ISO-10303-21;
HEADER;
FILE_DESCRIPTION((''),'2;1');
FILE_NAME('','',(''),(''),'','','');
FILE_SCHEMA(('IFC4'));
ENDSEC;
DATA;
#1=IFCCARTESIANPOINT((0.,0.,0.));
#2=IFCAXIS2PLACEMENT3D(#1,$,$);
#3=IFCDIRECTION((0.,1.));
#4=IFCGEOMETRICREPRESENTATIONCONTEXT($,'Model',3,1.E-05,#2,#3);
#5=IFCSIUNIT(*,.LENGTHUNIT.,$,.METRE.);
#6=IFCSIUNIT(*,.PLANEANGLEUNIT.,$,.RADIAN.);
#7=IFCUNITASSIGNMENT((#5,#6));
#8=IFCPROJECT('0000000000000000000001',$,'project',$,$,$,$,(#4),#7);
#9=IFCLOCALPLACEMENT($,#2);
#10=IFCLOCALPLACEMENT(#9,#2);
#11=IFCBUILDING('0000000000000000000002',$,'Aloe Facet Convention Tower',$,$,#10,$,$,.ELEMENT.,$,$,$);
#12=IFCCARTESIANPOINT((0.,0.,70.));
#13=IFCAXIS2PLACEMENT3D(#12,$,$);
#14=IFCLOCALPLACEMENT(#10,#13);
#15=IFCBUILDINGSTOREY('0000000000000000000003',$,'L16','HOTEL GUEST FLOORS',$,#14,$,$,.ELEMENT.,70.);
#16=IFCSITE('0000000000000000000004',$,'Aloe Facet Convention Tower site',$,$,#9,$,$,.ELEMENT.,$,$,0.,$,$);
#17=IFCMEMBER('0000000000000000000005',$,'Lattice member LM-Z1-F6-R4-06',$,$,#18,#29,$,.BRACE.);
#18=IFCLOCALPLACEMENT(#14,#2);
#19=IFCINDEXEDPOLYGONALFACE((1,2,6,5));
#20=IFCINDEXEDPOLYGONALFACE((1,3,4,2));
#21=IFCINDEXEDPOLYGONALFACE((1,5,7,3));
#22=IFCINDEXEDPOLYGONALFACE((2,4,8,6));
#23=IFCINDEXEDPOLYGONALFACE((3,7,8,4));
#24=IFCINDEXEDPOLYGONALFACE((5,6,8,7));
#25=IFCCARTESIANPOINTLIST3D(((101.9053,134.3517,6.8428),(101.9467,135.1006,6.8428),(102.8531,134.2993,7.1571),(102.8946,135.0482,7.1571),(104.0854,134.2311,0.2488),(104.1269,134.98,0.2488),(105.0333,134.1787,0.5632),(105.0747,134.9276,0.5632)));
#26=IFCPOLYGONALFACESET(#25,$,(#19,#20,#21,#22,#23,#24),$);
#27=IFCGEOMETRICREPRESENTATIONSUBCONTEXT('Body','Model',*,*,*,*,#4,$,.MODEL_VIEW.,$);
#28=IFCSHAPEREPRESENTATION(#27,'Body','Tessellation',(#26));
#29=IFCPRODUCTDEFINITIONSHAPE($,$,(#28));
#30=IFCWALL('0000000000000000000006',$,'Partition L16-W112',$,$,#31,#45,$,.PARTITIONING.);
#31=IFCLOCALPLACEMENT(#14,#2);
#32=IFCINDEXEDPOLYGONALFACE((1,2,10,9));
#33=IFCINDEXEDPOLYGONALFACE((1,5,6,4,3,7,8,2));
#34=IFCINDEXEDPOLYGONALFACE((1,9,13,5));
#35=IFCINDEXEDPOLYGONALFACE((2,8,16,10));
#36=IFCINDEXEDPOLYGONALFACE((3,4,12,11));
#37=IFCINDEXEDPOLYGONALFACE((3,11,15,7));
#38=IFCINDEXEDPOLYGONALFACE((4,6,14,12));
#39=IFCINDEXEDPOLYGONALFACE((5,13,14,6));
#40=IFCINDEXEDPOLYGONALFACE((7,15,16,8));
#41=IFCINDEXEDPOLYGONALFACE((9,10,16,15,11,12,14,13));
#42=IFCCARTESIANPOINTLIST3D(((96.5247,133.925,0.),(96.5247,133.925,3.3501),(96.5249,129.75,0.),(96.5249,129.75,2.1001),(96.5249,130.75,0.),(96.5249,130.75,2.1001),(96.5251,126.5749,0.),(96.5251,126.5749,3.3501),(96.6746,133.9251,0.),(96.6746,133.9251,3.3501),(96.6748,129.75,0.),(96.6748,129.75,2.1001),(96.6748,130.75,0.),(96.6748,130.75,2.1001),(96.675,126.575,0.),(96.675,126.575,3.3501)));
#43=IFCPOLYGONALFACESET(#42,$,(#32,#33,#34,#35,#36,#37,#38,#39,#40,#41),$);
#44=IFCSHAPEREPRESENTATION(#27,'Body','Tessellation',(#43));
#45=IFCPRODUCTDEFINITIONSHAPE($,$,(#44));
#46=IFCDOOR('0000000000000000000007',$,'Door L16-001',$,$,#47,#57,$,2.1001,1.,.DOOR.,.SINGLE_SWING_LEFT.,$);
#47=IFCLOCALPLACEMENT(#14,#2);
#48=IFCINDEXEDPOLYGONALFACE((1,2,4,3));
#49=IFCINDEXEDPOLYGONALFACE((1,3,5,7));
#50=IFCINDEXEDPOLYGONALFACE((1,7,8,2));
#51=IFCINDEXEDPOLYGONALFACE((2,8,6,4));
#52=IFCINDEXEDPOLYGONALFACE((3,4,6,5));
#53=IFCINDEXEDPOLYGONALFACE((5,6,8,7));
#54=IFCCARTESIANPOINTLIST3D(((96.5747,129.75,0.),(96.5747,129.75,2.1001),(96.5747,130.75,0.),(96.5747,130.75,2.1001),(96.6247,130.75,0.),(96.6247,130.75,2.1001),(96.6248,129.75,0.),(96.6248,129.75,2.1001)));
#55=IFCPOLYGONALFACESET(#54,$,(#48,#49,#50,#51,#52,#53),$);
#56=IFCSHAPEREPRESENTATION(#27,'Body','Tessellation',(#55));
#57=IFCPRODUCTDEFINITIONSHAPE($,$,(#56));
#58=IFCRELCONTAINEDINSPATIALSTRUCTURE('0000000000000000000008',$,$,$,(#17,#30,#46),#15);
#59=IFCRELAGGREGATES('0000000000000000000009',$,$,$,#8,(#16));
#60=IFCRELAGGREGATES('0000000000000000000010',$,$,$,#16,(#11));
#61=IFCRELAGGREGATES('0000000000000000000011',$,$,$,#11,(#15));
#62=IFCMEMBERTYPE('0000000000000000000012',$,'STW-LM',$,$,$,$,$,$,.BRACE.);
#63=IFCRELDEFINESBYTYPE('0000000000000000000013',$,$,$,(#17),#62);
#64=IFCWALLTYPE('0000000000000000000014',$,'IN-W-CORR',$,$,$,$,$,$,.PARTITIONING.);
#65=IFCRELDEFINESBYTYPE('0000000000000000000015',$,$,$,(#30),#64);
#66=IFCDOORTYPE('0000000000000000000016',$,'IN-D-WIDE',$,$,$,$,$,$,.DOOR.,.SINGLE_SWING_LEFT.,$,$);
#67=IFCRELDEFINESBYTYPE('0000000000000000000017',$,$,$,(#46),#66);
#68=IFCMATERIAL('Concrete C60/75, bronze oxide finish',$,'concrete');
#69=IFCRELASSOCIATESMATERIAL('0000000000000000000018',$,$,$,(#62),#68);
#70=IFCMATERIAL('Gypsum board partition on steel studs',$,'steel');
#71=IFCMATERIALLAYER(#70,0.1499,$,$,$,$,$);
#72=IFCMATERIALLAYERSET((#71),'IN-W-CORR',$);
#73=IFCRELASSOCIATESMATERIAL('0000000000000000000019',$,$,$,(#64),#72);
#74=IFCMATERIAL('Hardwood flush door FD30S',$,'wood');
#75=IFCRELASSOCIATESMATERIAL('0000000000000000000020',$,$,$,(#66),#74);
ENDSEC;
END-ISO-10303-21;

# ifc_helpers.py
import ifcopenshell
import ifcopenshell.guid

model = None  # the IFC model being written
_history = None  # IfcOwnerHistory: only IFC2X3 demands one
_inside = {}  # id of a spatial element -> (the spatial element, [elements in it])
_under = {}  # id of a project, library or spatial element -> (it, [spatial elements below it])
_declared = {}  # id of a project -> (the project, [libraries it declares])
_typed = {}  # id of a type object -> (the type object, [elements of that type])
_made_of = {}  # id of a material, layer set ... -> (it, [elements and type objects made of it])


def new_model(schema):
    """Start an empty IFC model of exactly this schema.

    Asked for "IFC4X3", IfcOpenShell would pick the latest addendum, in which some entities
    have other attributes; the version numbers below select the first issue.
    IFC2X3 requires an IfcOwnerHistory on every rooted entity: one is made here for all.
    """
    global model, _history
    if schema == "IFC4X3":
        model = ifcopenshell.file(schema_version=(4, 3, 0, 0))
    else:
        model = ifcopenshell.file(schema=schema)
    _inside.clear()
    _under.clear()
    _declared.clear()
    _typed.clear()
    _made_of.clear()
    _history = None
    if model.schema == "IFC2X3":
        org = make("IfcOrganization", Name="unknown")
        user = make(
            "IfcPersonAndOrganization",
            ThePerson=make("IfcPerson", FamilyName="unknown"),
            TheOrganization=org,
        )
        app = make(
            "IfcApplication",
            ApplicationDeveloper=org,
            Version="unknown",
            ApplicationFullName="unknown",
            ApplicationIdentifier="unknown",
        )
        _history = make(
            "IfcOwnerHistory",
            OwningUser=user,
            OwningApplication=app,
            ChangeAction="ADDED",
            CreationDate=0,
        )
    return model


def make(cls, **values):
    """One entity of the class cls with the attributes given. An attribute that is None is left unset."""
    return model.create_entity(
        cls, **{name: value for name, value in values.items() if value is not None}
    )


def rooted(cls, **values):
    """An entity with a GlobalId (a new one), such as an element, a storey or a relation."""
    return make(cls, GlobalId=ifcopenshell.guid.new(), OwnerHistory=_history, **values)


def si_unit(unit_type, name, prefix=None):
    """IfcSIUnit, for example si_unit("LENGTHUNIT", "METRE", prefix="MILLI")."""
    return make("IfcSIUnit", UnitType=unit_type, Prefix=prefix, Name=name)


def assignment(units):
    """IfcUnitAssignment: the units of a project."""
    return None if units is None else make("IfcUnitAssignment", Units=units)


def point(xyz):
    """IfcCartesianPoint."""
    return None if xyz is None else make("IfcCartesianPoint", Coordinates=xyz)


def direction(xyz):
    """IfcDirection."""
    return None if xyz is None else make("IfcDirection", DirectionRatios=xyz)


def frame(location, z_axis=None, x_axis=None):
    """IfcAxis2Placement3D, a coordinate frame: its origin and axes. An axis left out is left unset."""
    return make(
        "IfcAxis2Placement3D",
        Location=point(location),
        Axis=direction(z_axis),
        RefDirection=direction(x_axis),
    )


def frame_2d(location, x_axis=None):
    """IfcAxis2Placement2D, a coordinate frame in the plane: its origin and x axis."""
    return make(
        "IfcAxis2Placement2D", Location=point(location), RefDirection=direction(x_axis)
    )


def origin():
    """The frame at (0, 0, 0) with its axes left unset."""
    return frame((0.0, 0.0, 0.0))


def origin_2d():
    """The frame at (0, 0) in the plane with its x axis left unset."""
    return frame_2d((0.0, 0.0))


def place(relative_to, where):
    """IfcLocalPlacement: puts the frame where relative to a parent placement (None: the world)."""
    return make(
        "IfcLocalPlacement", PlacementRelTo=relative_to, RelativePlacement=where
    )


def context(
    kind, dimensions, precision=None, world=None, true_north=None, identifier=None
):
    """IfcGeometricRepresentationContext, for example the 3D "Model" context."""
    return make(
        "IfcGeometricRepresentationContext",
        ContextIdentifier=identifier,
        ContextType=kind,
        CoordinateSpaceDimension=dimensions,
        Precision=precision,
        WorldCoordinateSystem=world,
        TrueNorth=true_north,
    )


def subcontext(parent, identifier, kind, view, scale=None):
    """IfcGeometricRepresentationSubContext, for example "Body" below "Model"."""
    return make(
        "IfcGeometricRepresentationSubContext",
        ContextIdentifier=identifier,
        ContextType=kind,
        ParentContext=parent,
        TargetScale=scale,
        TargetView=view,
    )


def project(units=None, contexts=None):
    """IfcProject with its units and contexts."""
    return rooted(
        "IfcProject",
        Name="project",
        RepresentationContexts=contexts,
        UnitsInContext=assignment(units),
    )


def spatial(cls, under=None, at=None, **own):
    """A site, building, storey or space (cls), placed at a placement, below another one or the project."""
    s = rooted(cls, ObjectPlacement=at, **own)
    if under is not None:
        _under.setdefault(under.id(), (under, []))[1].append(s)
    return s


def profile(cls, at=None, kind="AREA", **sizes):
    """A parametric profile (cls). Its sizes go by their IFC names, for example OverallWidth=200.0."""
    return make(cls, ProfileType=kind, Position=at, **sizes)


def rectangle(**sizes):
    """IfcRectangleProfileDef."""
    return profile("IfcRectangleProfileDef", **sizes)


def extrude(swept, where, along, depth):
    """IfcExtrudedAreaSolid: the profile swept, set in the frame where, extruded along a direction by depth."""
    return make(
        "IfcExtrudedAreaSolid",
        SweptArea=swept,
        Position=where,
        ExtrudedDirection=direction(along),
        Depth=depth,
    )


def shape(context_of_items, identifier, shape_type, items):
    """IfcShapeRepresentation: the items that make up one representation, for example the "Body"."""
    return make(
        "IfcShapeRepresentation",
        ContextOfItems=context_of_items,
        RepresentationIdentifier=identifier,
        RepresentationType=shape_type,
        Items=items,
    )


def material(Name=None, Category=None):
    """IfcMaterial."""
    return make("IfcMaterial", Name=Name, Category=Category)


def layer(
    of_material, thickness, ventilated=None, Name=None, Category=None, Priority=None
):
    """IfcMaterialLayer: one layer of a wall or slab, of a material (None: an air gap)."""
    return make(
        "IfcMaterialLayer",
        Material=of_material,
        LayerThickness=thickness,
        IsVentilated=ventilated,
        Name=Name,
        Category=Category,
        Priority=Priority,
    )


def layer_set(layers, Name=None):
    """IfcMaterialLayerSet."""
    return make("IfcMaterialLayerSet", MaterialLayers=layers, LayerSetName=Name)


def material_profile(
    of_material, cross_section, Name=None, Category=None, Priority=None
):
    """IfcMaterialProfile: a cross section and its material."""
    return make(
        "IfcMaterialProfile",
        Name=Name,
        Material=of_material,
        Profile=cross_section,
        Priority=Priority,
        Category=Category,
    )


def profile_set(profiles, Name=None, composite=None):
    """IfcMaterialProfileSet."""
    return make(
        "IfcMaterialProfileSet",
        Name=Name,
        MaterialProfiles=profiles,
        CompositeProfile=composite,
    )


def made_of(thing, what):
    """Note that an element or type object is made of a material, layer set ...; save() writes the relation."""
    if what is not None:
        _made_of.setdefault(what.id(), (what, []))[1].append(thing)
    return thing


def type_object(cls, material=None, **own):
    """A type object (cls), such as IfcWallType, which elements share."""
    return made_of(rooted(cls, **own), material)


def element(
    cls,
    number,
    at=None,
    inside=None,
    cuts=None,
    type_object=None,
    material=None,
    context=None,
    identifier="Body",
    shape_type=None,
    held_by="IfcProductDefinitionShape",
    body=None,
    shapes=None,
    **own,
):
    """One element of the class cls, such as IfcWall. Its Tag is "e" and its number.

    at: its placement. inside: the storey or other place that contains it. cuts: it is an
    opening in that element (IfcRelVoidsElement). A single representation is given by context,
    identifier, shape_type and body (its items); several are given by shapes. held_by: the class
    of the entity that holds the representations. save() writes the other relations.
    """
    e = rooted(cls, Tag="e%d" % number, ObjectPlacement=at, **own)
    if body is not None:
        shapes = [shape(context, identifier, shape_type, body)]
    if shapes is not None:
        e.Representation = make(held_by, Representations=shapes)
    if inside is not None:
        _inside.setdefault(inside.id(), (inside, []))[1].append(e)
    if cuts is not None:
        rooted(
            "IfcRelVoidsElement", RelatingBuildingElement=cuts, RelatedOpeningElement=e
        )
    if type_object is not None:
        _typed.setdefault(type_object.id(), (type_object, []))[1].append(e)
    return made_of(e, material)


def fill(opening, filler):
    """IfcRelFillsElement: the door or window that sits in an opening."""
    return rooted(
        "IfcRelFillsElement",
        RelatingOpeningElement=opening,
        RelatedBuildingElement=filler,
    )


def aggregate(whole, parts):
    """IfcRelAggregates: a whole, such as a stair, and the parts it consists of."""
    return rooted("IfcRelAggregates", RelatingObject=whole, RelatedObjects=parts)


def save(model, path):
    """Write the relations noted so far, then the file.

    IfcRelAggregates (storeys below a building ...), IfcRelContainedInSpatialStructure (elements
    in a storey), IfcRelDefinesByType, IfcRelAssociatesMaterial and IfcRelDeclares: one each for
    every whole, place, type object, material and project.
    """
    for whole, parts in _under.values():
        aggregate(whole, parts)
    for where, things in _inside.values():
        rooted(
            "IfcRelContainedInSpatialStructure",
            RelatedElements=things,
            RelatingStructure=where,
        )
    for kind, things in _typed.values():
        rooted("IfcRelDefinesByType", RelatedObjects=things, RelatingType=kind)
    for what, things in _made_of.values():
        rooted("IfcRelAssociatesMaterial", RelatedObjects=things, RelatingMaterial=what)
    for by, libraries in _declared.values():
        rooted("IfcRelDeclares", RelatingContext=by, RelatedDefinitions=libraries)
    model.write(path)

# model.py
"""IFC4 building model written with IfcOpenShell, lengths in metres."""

from ifc_helpers import new_model, si_unit, direction, frame, frame_2d, origin, origin_2d, place, context, subcontext, project, spatial, rectangle, extrude, material, layer, layer_set, material_profile, profile_set, type_object, element, fill, save


model = new_model("IFC4")

# Units and contexts
model_context = context("Model", 3, precision=1e-05, world=origin(), true_north=direction((0.0, 1.0)))
body_context = subcontext(model_context, "Body", "Model", "MODEL_VIEW")
ifc_project = project(units=[si_unit("LENGTHUNIT", "METRE"), si_unit("PLANEANGLEUNIT", "RADIAN")], contexts=[model_context])

# Site, building, storey
site_placement = place(None, origin())
site = spatial("IfcSite", under=ifc_project, at=site_placement, Name="Aloe Facet Convention Tower site", CompositionType="ELEMENT", RefElevation=0.0)
building_placement = place(site_placement, origin())
building = spatial("IfcBuilding", under=site, at=building_placement, Name="Aloe Facet Convention Tower", CompositionType="ELEMENT")
storey_placement = place(building_placement, frame((0.0, 0.0, 70.0)))
storey = spatial("IfcBuildingStorey", under=building, at=storey_placement, Name="L16", Description="HOTEL GUEST FLOORS", CompositionType="ELEMENT", Elevation=70.0)

# Member
ifc_material_1 = material(Name="Concrete C60/75, bronze oxide finish", Category="concrete")
ifc_material_profile_1 = material_profile(ifc_material_1, rectangle(XDim=0.75, YDim=1.0, at=origin_2d()), Name="STW-LM")
ifc_profile_set_1 = profile_set([ifc_material_profile_1], Name="Concrete C60/75, bronze oxide finish")
member_type = type_object("IfcMemberType", Name="STW-LM", PredefinedType="BRACE", material=ifc_profile_set_1)
member_1_placement = place(storey_placement, frame((104.5801, 134.5793, 0.406), z_axis=(-0.31387, 0.017363, 0.949307), x_axis=(-0.055235, -0.998473, 0.0)))
element("IfcMember", 1, at=member_1_placement, inside=storey, type_object=member_type, Name="Lattice member LM-Z1-F6-R4-06", PredefinedType="BRACE", context=body_context, shape_type="SweptSolid", body=[
    extrude(rectangle(XDim=0.75, YDim=1.0, at=origin_2d()), origin(), (0.0, 0.0, 1.0), 6.946),
])

# Wall, opening, door
ifc_material_2 = material(Name="Gypsum board partition on steel studs", Category="steel")
ifc_layer_1 = layer(ifc_material_2, 0.1499)
ifc_layer_set_1 = layer_set([ifc_layer_1], Name="IN-W-CORR")
wall_type_1 = type_object("IfcWallType", Name="IN-W-CORR", PredefinedType="PARTITIONING", material=ifc_layer_set_1)
wall_1_placement = place(storey_placement, frame((96.5996, 133.925, 0.0), z_axis=(0.0, 0.0, 1.0), x_axis=(0.000066, -1.0, 0.0)))
wall_1 = element("IfcWall", 2, at=wall_1_placement, inside=storey, type_object=wall_type_1, Name="Partition L16-W112", PredefinedType="PARTITIONING", context=body_context, shape_type="SweptSolid", body=[
    extrude(rectangle(XDim=7.3501, YDim=0.1499, at=frame_2d((3.675, 0.0))), origin(), (0.0, 0.0, 1.0), 3.3501),
])
opening_1_placement = place(wall_1_placement, frame((3.175, 0.0, 0.0)))
opening_1 = element("IfcOpeningElement", 3, at=opening_1_placement, cuts=wall_1, PredefinedType="OPENING", context=body_context, shape_type="SweptSolid", body=[
    extrude(rectangle(XDim=1.0, YDim=2.1001, at=frame_2d((0.5, 1.05))), frame((0.0, 0.085, 0.0), z_axis=(0.0, -1.0, 0.0), x_axis=(1.0, 0.0, 0.0)), (0.0, 0.0, 1.0), 0.1699),
])
ifc_material_3 = material(Name="Hardwood flush door FD30S", Category="wood")
door_type = type_object("IfcDoorType", Name="IN-D-WIDE", OperationType="SINGLE_SWING_LEFT", PredefinedType="DOOR", material=ifc_material_3)
door_placement = place(opening_1_placement, origin())
door = element("IfcDoor", 4, at=door_placement, inside=storey, type_object=door_type, Name="Door L16-001", OperationType="SINGLE_SWING_LEFT", OverallHeight=2.1001, OverallWidth=1.0, PredefinedType="DOOR", context=body_context, shape_type="SweptSolid", body=[
    extrude(rectangle(XDim=1.0, YDim=2.1001, at=frame_2d((0.5, 1.05))), frame((0.0, 0.0249, 0.0), z_axis=(0.0, -1.0, 0.0), x_axis=(1.0, 0.0, 0.0)), (0.0, 0.0, 1.0), 0.05),
])
fill(opening_1, door)

save(model, "model.ifc")
